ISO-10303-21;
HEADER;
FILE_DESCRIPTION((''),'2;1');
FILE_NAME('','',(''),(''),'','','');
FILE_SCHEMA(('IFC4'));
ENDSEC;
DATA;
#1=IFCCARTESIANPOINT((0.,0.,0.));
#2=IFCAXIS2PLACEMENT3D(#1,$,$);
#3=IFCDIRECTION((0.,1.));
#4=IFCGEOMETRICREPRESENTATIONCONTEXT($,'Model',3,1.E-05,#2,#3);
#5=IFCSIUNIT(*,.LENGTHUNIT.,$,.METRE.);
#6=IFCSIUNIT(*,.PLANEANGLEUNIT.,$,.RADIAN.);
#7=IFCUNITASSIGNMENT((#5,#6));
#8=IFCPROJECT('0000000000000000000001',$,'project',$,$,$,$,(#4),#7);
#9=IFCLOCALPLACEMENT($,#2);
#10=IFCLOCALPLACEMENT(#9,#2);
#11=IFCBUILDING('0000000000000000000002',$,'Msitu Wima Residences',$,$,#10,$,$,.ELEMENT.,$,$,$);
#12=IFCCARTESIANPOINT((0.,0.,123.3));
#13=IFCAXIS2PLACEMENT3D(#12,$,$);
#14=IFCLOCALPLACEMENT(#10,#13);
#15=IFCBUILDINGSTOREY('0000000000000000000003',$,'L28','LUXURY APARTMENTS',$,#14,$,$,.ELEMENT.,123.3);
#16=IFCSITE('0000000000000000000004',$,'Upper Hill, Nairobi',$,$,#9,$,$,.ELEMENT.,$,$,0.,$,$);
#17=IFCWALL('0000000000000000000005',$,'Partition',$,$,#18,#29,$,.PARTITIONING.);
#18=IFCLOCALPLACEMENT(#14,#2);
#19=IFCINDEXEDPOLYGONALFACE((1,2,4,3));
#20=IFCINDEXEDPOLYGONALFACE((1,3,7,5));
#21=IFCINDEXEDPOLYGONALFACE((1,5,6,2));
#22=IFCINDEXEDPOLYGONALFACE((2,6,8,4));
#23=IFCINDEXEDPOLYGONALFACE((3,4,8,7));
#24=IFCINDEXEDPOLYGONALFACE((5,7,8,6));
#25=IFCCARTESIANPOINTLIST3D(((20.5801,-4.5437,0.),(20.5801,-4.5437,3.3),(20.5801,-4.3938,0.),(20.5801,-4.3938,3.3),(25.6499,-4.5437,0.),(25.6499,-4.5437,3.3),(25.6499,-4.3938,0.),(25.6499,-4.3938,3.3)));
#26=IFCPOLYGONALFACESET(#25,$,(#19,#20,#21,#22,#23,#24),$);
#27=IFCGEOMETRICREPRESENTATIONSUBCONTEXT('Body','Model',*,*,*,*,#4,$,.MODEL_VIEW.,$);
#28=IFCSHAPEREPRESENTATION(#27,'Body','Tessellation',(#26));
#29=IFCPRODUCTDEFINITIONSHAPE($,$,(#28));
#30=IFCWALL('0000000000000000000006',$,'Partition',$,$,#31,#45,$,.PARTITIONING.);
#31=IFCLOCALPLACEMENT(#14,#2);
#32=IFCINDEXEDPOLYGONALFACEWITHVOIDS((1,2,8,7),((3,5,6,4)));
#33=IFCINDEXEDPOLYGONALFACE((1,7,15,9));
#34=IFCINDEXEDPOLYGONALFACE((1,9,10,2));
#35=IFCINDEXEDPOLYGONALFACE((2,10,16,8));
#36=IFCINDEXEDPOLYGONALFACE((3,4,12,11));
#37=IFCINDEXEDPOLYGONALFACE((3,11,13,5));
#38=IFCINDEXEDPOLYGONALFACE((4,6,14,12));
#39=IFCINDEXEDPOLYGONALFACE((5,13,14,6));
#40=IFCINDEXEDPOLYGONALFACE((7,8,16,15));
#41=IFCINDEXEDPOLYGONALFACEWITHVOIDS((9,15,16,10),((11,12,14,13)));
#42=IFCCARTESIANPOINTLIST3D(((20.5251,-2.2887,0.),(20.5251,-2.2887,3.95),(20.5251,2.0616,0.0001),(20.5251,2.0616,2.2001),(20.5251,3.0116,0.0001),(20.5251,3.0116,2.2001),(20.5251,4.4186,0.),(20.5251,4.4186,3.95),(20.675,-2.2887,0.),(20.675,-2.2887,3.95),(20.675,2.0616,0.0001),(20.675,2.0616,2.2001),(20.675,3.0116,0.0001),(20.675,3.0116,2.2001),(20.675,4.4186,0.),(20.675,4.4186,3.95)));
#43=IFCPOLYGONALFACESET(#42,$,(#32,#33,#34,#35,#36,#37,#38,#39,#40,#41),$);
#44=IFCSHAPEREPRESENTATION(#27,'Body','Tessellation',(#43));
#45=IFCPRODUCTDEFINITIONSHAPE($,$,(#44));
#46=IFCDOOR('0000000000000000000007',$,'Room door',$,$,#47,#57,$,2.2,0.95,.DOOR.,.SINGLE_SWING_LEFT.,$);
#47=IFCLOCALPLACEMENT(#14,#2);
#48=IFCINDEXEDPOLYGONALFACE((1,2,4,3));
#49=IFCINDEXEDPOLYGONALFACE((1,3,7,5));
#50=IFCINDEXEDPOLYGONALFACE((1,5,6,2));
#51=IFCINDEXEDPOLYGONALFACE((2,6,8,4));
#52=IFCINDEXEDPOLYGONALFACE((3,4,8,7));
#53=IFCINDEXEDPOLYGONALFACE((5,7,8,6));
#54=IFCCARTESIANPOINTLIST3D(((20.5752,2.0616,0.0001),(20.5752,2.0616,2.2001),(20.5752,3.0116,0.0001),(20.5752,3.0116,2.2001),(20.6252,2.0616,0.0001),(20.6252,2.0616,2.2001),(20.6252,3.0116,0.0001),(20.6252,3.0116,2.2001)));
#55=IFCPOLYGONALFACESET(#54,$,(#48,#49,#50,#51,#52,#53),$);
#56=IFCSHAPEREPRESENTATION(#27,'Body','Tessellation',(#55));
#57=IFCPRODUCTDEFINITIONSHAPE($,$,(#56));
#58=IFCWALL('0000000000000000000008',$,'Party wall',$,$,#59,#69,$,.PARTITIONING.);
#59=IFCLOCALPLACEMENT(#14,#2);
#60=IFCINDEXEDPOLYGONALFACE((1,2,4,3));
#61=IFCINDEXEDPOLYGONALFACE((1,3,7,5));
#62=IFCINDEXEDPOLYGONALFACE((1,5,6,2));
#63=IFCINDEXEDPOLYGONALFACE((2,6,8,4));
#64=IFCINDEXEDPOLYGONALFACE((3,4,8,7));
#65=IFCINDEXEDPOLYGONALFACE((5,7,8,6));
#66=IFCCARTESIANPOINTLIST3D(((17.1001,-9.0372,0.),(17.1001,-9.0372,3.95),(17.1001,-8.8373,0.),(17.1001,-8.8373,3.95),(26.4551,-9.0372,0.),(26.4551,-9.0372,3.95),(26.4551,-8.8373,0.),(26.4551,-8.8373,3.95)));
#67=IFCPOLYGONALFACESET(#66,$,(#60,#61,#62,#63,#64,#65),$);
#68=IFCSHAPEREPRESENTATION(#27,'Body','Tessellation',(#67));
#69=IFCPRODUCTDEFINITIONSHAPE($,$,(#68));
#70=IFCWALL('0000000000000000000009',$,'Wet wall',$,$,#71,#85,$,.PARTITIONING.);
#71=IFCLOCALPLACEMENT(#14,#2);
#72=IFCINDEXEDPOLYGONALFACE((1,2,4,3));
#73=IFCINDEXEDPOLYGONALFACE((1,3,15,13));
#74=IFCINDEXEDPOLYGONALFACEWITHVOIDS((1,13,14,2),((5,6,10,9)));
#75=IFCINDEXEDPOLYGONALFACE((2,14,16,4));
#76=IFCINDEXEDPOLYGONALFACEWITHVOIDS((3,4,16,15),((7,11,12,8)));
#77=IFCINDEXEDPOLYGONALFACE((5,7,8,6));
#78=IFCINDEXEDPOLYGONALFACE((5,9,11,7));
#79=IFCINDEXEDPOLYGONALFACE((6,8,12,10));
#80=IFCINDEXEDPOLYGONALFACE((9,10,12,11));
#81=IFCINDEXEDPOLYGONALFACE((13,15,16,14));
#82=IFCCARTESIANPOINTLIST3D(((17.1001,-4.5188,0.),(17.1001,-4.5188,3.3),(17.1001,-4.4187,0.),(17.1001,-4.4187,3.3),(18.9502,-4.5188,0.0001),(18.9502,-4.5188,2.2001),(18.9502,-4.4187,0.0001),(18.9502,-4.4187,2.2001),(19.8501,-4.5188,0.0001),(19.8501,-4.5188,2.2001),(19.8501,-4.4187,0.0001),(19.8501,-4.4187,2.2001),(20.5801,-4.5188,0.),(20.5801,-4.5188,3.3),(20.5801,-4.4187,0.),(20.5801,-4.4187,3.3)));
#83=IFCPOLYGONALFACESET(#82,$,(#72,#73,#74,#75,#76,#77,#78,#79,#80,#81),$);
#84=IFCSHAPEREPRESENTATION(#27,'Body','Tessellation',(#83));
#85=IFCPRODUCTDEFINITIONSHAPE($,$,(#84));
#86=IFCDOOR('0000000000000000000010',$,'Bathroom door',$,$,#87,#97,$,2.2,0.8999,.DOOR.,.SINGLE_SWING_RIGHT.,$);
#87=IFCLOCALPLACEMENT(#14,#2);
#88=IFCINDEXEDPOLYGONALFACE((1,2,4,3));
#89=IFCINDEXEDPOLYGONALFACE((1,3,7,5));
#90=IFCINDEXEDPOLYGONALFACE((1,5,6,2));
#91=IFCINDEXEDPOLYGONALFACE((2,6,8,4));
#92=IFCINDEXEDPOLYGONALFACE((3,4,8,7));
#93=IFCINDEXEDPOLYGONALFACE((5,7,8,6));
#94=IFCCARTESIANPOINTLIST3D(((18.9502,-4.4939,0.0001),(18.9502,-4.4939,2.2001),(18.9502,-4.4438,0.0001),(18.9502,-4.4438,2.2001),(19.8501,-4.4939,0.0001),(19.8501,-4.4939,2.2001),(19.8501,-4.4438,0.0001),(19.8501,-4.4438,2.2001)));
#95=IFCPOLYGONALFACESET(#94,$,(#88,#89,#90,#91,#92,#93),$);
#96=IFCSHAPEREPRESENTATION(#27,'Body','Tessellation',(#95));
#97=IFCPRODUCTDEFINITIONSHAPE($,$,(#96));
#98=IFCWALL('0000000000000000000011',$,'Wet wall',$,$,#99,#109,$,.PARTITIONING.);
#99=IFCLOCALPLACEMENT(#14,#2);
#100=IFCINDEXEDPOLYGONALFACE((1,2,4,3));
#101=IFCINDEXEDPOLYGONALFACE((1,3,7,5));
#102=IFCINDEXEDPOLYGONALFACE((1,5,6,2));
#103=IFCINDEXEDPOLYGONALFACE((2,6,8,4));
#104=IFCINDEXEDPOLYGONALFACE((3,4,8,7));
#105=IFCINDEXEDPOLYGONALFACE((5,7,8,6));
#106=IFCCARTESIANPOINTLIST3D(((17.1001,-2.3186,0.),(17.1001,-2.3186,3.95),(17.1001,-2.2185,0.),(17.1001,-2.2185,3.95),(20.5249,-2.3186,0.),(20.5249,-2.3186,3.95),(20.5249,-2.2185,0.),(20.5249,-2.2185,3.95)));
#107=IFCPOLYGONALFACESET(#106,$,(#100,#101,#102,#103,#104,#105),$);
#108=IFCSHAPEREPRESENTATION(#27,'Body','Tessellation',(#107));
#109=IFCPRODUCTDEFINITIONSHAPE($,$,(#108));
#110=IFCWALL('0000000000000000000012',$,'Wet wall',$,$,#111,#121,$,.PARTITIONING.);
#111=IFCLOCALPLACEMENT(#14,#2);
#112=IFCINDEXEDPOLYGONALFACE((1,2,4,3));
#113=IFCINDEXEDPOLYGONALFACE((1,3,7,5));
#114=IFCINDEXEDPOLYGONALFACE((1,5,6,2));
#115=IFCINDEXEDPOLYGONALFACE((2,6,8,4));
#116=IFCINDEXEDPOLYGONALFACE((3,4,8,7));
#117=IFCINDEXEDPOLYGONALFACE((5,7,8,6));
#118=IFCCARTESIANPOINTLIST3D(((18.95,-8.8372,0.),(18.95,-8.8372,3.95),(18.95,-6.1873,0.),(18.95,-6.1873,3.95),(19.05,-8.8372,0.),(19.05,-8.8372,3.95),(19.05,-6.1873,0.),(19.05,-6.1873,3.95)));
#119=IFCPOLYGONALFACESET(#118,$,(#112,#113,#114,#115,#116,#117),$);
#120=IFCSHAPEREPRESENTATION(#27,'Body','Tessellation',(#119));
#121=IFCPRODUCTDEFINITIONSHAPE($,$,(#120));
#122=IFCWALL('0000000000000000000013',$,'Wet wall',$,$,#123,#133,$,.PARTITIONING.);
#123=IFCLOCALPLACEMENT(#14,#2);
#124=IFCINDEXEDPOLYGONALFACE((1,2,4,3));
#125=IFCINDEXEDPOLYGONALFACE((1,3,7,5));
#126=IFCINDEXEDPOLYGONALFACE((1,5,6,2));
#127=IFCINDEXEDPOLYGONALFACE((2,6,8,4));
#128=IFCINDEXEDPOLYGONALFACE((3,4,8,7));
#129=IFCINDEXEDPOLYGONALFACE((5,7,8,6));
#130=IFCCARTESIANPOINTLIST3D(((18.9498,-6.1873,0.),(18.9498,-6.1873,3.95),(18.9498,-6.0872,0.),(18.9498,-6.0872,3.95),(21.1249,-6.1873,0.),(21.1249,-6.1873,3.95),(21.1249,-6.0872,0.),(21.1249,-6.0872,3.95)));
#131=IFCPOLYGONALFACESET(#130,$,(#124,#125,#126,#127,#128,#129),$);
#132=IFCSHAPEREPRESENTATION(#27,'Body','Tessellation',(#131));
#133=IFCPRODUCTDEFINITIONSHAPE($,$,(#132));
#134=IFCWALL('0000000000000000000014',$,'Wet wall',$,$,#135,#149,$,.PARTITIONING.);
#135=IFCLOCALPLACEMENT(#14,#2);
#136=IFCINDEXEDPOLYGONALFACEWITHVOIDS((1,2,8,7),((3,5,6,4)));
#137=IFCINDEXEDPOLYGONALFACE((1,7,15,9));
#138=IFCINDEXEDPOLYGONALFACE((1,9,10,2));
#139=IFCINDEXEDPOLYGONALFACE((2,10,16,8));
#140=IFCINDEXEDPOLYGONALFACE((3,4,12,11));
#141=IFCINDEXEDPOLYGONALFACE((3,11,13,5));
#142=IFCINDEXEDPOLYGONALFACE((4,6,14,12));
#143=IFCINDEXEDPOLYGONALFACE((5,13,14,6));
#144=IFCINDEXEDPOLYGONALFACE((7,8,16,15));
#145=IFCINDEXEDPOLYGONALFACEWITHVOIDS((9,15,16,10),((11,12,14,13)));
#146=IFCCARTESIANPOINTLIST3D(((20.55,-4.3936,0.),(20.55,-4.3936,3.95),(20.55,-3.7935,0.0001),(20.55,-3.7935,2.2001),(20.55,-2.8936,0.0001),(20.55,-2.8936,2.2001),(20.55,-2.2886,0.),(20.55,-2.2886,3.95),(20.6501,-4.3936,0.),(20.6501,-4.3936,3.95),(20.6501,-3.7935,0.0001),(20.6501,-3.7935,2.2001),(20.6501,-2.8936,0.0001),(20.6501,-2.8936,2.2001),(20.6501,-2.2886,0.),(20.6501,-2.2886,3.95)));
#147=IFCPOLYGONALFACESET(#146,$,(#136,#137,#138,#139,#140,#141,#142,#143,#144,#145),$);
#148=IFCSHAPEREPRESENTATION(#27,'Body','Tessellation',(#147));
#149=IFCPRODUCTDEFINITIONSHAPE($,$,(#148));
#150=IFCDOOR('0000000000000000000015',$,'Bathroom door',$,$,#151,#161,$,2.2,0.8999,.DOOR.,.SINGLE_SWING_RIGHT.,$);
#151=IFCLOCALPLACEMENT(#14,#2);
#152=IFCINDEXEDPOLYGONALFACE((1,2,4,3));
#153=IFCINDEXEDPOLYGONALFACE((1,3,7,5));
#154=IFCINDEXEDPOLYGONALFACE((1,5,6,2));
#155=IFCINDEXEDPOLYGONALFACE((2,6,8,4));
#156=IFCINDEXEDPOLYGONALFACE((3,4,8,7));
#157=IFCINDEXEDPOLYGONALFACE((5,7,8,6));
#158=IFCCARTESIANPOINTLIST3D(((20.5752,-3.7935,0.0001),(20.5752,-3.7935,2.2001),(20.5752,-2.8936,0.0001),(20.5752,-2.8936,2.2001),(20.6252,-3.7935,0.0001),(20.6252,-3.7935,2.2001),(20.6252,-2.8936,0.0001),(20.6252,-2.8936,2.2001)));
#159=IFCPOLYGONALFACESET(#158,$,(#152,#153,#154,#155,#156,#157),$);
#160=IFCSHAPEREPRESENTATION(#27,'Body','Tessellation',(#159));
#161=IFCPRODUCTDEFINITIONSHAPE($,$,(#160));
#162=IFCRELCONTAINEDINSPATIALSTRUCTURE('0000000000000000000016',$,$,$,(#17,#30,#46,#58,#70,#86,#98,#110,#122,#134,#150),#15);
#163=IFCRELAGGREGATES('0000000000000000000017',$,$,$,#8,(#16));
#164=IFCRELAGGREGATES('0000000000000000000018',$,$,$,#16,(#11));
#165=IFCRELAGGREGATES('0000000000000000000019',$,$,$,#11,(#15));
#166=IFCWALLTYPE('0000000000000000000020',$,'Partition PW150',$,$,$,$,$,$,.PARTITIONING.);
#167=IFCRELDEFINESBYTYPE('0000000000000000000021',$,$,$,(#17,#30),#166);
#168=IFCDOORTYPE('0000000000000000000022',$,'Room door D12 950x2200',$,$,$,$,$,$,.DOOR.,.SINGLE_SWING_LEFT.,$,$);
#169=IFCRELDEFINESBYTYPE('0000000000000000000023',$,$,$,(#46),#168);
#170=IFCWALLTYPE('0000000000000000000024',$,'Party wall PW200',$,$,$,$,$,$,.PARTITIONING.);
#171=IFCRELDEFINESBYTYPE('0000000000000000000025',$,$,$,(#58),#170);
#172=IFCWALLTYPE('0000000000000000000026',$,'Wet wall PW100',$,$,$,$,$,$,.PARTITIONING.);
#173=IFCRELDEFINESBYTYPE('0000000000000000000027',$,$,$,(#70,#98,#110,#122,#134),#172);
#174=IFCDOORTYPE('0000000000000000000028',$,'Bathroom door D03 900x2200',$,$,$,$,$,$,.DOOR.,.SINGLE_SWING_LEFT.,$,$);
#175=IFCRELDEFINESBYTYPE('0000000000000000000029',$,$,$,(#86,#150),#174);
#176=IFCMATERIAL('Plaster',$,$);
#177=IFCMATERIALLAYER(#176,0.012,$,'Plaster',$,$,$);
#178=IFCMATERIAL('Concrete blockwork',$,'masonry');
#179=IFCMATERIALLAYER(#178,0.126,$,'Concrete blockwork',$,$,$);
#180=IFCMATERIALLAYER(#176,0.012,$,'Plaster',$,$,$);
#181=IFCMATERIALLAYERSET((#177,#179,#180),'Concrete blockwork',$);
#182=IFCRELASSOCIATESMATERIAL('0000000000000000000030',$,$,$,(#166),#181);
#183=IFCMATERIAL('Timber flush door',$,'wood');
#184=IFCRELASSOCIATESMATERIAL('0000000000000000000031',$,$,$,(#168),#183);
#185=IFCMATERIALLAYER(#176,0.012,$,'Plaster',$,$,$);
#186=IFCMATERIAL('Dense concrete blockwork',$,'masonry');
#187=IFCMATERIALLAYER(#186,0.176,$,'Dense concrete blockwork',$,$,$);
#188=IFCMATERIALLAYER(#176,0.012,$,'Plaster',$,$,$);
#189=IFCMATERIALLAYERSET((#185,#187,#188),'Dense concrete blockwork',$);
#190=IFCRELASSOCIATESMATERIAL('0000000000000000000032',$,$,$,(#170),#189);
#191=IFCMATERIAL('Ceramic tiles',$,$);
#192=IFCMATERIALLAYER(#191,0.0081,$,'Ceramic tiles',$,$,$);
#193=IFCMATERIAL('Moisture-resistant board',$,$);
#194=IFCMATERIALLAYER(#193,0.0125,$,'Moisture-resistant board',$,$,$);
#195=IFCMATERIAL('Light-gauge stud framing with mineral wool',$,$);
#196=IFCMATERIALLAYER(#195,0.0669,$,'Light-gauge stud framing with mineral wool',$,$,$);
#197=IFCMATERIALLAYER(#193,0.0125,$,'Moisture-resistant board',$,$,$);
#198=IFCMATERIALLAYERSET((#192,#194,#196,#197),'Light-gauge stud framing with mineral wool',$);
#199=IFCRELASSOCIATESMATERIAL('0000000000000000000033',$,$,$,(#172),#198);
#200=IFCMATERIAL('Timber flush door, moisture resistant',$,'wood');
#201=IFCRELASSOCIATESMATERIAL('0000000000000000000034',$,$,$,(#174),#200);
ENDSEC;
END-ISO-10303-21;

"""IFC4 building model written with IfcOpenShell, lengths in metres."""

from ifc_helpers import new_model, si_unit, direction, frame, frame_2d, origin, place, context, subcontext, project, spatial, rectangle, extrude, material, layer, layer_set, type_object, element, fill, save


model = new_model("IFC4")

# Units and contexts
model_context = context("Model", 3, precision=1e-05, world=origin(), true_north=direction((0.0, 1.0)))
body_context = subcontext(model_context, "Body", "Model", "MODEL_VIEW")
ifc_project = project(units=[si_unit("LENGTHUNIT", "METRE"), si_unit("PLANEANGLEUNIT", "RADIAN")], contexts=[model_context])

# Site, building, storey
site_placement = place(None, origin())
site = spatial("IfcSite", under=ifc_project, at=site_placement, Name="Upper Hill, Nairobi", CompositionType="ELEMENT", RefElevation=0.0)
building_placement = place(site_placement, origin())
building = spatial("IfcBuilding", under=site, at=building_placement, Name="Msitu Wima Residences", CompositionType="ELEMENT")
storey_placement = place(building_placement, frame((0.0, 0.0, 123.3)))
storey = spatial("IfcBuildingStorey", under=building, at=storey_placement, Name="L28", Description="LUXURY APARTMENTS", CompositionType="ELEMENT", Elevation=123.3)

# Wall
ifc_material_1 = material(Name="Plaster")
ifc_layer_1 = layer(ifc_material_1, 0.012, Name="Plaster")
ifc_material_2 = material(Name="Concrete blockwork", Category="masonry")
ifc_layer_2 = layer(ifc_material_2, 0.126, Name="Concrete blockwork")
ifc_layer_3 = layer(ifc_material_1, 0.012, Name="Plaster")
ifc_layer_set_1 = layer_set([ifc_layer_1, ifc_layer_2, ifc_layer_3], Name="Concrete blockwork")
wall_type_1 = type_object("IfcWallType", Name="Partition PW150", PredefinedType="PARTITIONING", material=ifc_layer_set_1)
wall_1_placement = place(storey_placement, frame((20.5801, -4.4688, 0.0), z_axis=(0.0, 0.0, 1.0), x_axis=(1.0, 0.0, 0.0)))
element("IfcWall", 1, at=wall_1_placement, inside=storey, type_object=wall_type_1, Name="Partition", PredefinedType="PARTITIONING", context=body_context, shape_type="SweptSolid", body=[
    extrude(rectangle(XDim=5.0698, YDim=0.1499, at=frame_2d((2.5349, 0.0))), origin(), (0.0, 0.0, 1.0), 3.3),
])

# Wall, opening, door
wall_2_placement = place(storey_placement, frame((20.6001, -2.2886, 0.0), z_axis=(0.0, 0.0, 1.0), x_axis=(0.0, 1.0, 0.0)))
wall_2 = element("IfcWall", 2, at=wall_2_placement, inside=storey, type_object=wall_type_1, Name="Partition", PredefinedType="PARTITIONING", context=body_context, shape_type="SweptSolid", body=[
    extrude(rectangle(XDim=6.7073, YDim=0.1499, at=frame_2d((3.3535, 0.0))), origin(), (0.0, 0.0, 1.0), 3.95),
])
opening_1_placement = place(wall_2_placement, frame((4.3501, 0.0, 0.0)))
opening_1 = element("IfcOpeningElement", 3, at=opening_1_placement, cuts=wall_2, PredefinedType="OPENING", context=body_context, shape_type="SweptSolid", body=[
    extrude(rectangle(XDim=0.95, YDim=2.2, at=frame_2d((0.4751, 1.1001))), frame((0.0, 0.085, 0.0), z_axis=(0.0, -1.0, 0.0), x_axis=(1.0, 0.0, 0.0)), (0.0, 0.0, 1.0), 0.1699),
])
ifc_material_3 = material(Name="Timber flush door", Category="wood")
door_type_1 = type_object("IfcDoorType", Name="Room door D12 950x2200", OperationType="SINGLE_SWING_LEFT", PredefinedType="DOOR", material=ifc_material_3)
door_1_placement = place(opening_1_placement, origin())
door_1 = element("IfcDoor", 4, at=door_1_placement, inside=storey, type_object=door_type_1, Name="Room door", OperationType="SINGLE_SWING_LEFT", OverallHeight=2.2, OverallWidth=0.95, PredefinedType="DOOR", context=body_context, shape_type="SweptSolid", body=[
    extrude(rectangle(XDim=0.95, YDim=2.2, at=frame_2d((0.4751, 1.1001))), frame((0.0, 0.0249, 0.0), z_axis=(0.0, -1.0, 0.0), x_axis=(1.0, 0.0, 0.0)), (0.0, 0.0, 1.0), 0.05),
])
fill(opening_1, door_1)

# Wall
ifc_layer_4 = layer(ifc_material_1, 0.012, Name="Plaster")
ifc_material_4 = material(Name="Dense concrete blockwork", Category="masonry")
ifc_layer_5 = layer(ifc_material_4, 0.176, Name="Dense concrete blockwork")
ifc_layer_6 = layer(ifc_material_1, 0.012, Name="Plaster")
ifc_layer_set_2 = layer_set([ifc_layer_4, ifc_layer_5, ifc_layer_6], Name="Dense concrete blockwork")
wall_type_2 = type_object("IfcWallType", Name="Party wall PW200", PredefinedType="PARTITIONING", material=ifc_layer_set_2)
wall_3_placement = place(storey_placement, frame((17.1001, -8.9373, 0.0), z_axis=(0.0, 0.0, 1.0), x_axis=(1.0, 0.0, 0.0)))
element("IfcWall", 5, at=wall_3_placement, inside=storey, type_object=wall_type_2, Name="Party wall", PredefinedType="PARTITIONING", context=body_context, shape_type="SweptSolid", body=[
    extrude(rectangle(XDim=9.355, YDim=0.2, at=frame_2d((4.6775, 0.0))), origin(), (0.0, 0.0, 1.0), 3.95),
])

# Wall, opening, door
ifc_material_5 = material(Name="Ceramic tiles")
ifc_layer_7 = layer(ifc_material_5, 0.0081, Name="Ceramic tiles")
ifc_material_6 = material(Name="Moisture-resistant board")
ifc_layer_8 = layer(ifc_material_6, 0.0125, Name="Moisture-resistant board")
ifc_material_7 = material(Name="Light-gauge stud framing with mineral wool")
ifc_layer_9 = layer(ifc_material_7, 0.0669, Name="Light-gauge stud framing with mineral wool")
ifc_layer_10 = layer(ifc_material_6, 0.0125, Name="Moisture-resistant board")
ifc_layer_set_3 = layer_set([ifc_layer_7, ifc_layer_8, ifc_layer_9, ifc_layer_10], Name="Light-gauge stud framing with mineral wool")
wall_type_3 = type_object("IfcWallType", Name="Wet wall PW100", PredefinedType="PARTITIONING", material=ifc_layer_set_3)
wall_4_placement = place(storey_placement, frame((17.1001, -4.4688, 0.0), z_axis=(0.0, 0.0, 1.0), x_axis=(1.0, 0.0, 0.0)))
wall_4 = element("IfcWall", 6, at=wall_4_placement, inside=storey, type_object=wall_type_3, Name="Wet wall", PredefinedType="PARTITIONING", context=body_context, shape_type="SweptSolid", body=[
    extrude(rectangle(XDim=3.48, YDim=0.1001, at=frame_2d((1.74, 0.0))), origin(), (0.0, 0.0, 1.0), 3.3),
])
opening_2_placement = place(wall_4_placement, frame((1.8501, 0.0, 0.0)))
opening_2 = element("IfcOpeningElement", 7, at=opening_2_placement, cuts=wall_4, PredefinedType="OPENING", context=body_context, shape_type="SweptSolid", body=[
    extrude(rectangle(XDim=0.8999, YDim=2.2, at=frame_2d((0.45, 1.1001))), frame((0.0, 0.0601, 0.0), z_axis=(0.0, -1.0, 0.0), x_axis=(1.0, 0.0, 0.0)), (0.0, 0.0, 1.0), 0.1201),
])
ifc_material_8 = material(Name="Timber flush door, moisture resistant", Category="wood")
door_type_2 = type_object("IfcDoorType", Name="Bathroom door D03 900x2200", OperationType="SINGLE_SWING_LEFT", PredefinedType="DOOR", material=ifc_material_8)
door_2_placement = place(opening_2_placement, origin())
door_2 = element("IfcDoor", 8, at=door_2_placement, inside=storey, type_object=door_type_2, Name="Bathroom door", OperationType="SINGLE_SWING_RIGHT", OverallHeight=2.2, OverallWidth=0.8999, PredefinedType="DOOR", context=body_context, shape_type="SweptSolid", body=[
    extrude(rectangle(XDim=0.8999, YDim=2.2, at=frame_2d((0.45, 1.1001))), frame((0.0, 0.0249, 0.0), z_axis=(0.0, -1.0, 0.0), x_axis=(1.0, 0.0, 0.0)), (0.0, 0.0, 1.0), 0.05),
])
fill(opening_2, door_2)

# Walls
wall_5_placement = place(storey_placement, frame((17.1001, -2.2686, 0.0), z_axis=(0.0, 0.0, 1.0), x_axis=(1.0, 0.0, 0.0)))
element("IfcWall", 9, at=wall_5_placement, inside=storey, type_object=wall_type_3, Name="Wet wall", PredefinedType="PARTITIONING", context=body_context, shape_type="SweptSolid", body=[
    extrude(rectangle(XDim=3.4248, YDim=0.1001, at=frame_2d((1.7124, 0.0))), origin(), (0.0, 0.0, 1.0), 3.95),
])
wall_6_placement = place(storey_placement, frame((19.0, -8.8372, 0.0), z_axis=(0.0, 0.0, 1.0), x_axis=(0.0, 1.0, 0.0)))
element("IfcWall", 10, at=wall_6_placement, inside=storey, type_object=wall_type_3, Name="Wet wall", PredefinedType="PARTITIONING", context=body_context, shape_type="SweptSolid", body=[
    extrude(rectangle(XDim=2.6499, YDim=0.1001, at=frame_2d((1.325, 0.0))), origin(), (0.0, 0.0, 1.0), 3.95),
])
wall_7_placement = place(storey_placement, frame((18.95, -6.1372, 0.0), z_axis=(0.0, 0.0, 1.0), x_axis=(1.0, 0.0, 0.0)))
element("IfcWall", 11, at=wall_7_placement, inside=storey, type_object=wall_type_3, Name="Wet wall", PredefinedType="PARTITIONING", context=body_context, shape_type="SweptSolid", body=[
    extrude(rectangle(XDim=2.175, YDim=0.1001, at=frame_2d((1.0874, 0.0))), origin(), (0.0, 0.0, 1.0), 3.95),
])

# Wall, opening, door
wall_8_placement = place(storey_placement, frame((20.6001, -4.3936, 0.0), z_axis=(0.0, 0.0, 1.0), x_axis=(0.0, 1.0, 0.0)))
wall_8 = element("IfcWall", 12, at=wall_8_placement, inside=storey, type_object=wall_type_3, Name="Wet wall", PredefinedType="PARTITIONING", context=body_context, shape_type="SweptSolid", body=[
    extrude(rectangle(XDim=2.105, YDim=0.1001, at=frame_2d((1.0525, 0.0))), origin(), (0.0, 0.0, 1.0), 3.95),
])
opening_3_placement = place(wall_8_placement, frame((0.6001, 0.0, 0.0)))
opening_3 = element("IfcOpeningElement", 13, at=opening_3_placement, cuts=wall_8, PredefinedType="OPENING", context=body_context, shape_type="SweptSolid", body=[
    extrude(rectangle(XDim=0.8999, YDim=2.2, at=frame_2d((0.45, 1.1001))), frame((0.0, 0.0601, 0.0), z_axis=(0.0, -1.0, 0.0), x_axis=(1.0, 0.0, 0.0)), (0.0, 0.0, 1.0), 0.1201),
])
door_3_placement = place(opening_3_placement, origin())
door_3 = element("IfcDoor", 14, at=door_3_placement, inside=storey, type_object=door_type_2, Name="Bathroom door", OperationType="SINGLE_SWING_RIGHT", OverallHeight=2.2, OverallWidth=0.8999, PredefinedType="DOOR", context=body_context, shape_type="SweptSolid", body=[
    extrude(rectangle(XDim=0.8999, YDim=2.2, at=frame_2d((0.45, 1.1001))), frame((0.0, 0.0249, 0.0), z_axis=(0.0, -1.0, 0.0), x_axis=(1.0, 0.0, 0.0)), (0.0, 0.0, 1.0), 0.05),
])
fill(opening_3, door_3)

save(model, "model.ifc")
